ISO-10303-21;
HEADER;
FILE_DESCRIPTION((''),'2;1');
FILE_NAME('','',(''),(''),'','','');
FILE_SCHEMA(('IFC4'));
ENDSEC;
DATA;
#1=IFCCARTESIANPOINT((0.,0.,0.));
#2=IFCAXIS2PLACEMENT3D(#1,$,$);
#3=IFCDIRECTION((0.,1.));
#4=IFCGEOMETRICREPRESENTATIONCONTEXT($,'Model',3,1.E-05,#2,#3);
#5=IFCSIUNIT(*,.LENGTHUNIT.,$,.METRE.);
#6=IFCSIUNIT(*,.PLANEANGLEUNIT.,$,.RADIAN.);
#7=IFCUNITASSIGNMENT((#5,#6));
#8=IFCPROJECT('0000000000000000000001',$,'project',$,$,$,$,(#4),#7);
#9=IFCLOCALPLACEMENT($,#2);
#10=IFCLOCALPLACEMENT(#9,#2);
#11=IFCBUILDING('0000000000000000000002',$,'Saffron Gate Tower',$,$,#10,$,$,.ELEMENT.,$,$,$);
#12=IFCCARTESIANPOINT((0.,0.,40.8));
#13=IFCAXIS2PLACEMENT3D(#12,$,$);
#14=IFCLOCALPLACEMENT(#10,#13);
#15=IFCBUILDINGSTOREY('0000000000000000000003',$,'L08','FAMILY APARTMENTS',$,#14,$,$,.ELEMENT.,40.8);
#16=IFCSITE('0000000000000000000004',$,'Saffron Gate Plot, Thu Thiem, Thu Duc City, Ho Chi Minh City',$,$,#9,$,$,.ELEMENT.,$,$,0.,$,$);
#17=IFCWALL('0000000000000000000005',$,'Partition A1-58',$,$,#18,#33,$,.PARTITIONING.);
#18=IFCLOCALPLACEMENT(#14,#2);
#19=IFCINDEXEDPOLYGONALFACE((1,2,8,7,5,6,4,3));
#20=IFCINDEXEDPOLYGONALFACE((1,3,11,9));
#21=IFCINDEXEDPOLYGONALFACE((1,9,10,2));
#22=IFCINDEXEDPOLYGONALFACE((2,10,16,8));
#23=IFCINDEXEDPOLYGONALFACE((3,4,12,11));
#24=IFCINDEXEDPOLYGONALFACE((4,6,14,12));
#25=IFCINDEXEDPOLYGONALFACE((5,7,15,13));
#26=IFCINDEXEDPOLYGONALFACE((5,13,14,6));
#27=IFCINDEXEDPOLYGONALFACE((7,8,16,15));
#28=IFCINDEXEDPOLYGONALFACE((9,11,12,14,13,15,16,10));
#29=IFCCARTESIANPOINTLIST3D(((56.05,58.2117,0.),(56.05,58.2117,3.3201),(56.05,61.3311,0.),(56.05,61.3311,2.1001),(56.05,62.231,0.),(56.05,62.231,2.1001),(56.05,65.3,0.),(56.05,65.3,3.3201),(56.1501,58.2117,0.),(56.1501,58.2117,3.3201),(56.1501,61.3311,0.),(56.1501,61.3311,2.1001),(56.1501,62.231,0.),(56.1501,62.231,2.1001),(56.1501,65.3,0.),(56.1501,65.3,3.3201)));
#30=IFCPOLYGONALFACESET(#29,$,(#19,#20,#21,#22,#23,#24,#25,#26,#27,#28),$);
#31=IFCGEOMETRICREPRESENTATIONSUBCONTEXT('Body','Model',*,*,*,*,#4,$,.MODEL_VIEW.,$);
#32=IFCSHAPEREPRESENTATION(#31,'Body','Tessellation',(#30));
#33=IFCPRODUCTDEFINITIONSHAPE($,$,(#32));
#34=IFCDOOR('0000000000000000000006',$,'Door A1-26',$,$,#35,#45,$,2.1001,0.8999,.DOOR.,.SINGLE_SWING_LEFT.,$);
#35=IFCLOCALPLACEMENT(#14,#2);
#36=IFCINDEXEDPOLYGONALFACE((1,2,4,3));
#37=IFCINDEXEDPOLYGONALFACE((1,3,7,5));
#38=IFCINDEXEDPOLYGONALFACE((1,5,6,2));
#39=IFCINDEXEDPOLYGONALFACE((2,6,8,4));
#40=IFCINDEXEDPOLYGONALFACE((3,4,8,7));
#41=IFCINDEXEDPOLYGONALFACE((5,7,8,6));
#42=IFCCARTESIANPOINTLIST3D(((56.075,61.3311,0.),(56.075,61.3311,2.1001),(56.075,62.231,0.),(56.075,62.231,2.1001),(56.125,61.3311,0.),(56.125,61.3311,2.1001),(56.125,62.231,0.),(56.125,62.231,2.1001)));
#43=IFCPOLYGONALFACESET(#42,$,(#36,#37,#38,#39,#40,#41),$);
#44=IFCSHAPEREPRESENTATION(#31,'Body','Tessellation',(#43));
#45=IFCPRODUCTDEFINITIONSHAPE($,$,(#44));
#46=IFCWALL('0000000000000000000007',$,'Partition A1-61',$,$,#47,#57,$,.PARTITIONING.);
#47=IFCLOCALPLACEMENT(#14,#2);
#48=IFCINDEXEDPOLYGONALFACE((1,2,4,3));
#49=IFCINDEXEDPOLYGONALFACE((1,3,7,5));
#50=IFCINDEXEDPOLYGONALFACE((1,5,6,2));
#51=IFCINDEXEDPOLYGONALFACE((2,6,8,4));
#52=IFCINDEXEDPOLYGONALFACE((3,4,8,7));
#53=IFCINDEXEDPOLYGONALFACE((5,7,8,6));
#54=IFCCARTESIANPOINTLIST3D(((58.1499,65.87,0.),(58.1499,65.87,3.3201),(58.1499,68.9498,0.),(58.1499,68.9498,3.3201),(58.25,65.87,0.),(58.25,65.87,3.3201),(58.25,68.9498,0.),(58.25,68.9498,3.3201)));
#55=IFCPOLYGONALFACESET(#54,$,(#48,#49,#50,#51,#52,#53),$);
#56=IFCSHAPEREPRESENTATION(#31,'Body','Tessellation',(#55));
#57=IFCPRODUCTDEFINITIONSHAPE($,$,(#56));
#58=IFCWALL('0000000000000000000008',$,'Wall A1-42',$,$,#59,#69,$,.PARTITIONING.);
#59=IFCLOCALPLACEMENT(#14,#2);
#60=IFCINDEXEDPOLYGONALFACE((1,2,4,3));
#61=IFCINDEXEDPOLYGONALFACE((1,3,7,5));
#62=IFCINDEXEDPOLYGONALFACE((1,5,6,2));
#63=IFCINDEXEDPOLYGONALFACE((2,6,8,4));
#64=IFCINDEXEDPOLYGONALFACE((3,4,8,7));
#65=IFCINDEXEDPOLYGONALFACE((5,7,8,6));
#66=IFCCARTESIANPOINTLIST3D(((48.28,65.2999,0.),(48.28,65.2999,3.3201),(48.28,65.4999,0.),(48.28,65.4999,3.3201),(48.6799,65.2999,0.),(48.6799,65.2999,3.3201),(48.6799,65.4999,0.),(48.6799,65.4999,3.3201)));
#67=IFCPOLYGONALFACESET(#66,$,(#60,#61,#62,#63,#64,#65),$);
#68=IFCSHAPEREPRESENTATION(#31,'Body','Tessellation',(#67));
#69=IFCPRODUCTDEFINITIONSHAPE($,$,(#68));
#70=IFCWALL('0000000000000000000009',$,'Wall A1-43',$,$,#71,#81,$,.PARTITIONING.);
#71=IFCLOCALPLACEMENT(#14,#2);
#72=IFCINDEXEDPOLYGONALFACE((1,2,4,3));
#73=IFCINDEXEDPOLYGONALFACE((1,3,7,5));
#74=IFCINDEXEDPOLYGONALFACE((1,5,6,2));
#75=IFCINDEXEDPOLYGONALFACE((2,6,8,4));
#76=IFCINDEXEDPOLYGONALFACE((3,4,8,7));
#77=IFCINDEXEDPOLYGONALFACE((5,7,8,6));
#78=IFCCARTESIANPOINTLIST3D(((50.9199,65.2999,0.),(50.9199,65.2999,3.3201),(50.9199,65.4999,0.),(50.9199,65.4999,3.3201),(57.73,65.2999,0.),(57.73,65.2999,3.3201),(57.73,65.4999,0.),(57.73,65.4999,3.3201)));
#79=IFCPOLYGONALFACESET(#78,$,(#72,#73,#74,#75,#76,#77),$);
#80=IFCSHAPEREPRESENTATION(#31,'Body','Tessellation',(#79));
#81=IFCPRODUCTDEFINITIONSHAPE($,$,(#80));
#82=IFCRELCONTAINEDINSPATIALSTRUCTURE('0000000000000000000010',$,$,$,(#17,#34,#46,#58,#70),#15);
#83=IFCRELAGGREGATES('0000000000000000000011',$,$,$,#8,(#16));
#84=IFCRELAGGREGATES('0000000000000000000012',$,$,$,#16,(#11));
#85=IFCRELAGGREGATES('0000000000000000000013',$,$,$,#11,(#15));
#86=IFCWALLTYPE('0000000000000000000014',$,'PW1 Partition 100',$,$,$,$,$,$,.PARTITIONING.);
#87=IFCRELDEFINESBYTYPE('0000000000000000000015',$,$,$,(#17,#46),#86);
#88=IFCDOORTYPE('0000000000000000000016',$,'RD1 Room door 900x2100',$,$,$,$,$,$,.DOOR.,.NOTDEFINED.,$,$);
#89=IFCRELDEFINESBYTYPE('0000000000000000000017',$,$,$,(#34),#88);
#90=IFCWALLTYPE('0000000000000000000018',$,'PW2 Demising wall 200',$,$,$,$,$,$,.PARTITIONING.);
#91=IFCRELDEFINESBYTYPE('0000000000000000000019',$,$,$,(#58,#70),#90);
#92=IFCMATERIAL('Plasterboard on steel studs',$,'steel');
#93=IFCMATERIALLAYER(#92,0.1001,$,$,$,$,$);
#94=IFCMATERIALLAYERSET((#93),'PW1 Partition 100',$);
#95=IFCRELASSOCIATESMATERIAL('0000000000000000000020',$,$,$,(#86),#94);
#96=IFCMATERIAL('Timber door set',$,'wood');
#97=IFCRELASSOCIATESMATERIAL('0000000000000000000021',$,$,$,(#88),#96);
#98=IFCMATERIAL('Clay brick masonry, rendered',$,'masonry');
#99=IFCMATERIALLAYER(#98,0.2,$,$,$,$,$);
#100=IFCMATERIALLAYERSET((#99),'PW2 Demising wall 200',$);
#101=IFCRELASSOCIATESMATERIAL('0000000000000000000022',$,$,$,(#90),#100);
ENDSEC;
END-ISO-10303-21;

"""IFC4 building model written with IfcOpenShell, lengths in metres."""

from ifc_helpers import new_model, si_unit, direction, frame, frame_2d, origin, place, context, subcontext, project, spatial, rectangle, extrude, material, layer, layer_set, type_object, element, fill, save


model = new_model("IFC4")

# Units and contexts
model_context = context("Model", 3, precision=1e-05, world=origin(), true_north=direction((0.0, 1.0)))
body_context = subcontext(model_context, "Body", "Model", "MODEL_VIEW")
ifc_project = project(units=[si_unit("LENGTHUNIT", "METRE"), si_unit("PLANEANGLEUNIT", "RADIAN")], contexts=[model_context])

# Site, building, storey
site_placement = place(None, origin())
site = spatial("IfcSite", under=ifc_project, at=site_placement, Name="Saffron Gate Plot, Thu Thiem, Thu Duc City, Ho Chi Minh City", CompositionType="ELEMENT", RefElevation=0.0)
building_placement = place(site_placement, origin())
building = spatial("IfcBuilding", under=site, at=building_placement, Name="Saffron Gate Tower", CompositionType="ELEMENT")
storey_placement = place(building_placement, frame((0.0, 0.0, 40.8)))
storey = spatial("IfcBuildingStorey", under=building, at=storey_placement, Name="L08", Description="FAMILY APARTMENTS", CompositionType="ELEMENT", Elevation=40.8)

# Shared definitions
ifc_material_1 = material(Name="Plasterboard on steel studs", Category="steel")
ifc_layer_1 = layer(ifc_material_1, 0.1001)
ifc_layer_set_1 = layer_set([ifc_layer_1], Name="PW1 Partition 100")
wall_type_1 = type_object("IfcWallType", Name="PW1 Partition 100", PredefinedType="PARTITIONING", material=ifc_layer_set_1)

# Wall, opening, door
ifc_material_2 = material(Name="Timber door set", Category="wood")
door_type = type_object("IfcDoorType", Name="RD1 Room door 900x2100", OperationType="NOTDEFINED", PredefinedType="DOOR", material=ifc_material_2)
wall_1_placement = place(storey_placement, frame((56.1001, 65.3, 0.0), z_axis=(0.0, 0.0, 1.0), x_axis=(0.0, -1.0, 0.0)))
wall_1 = element("IfcWall", 1, at=wall_1_placement, inside=storey, type_object=wall_type_1, Name="Partition A1-58", PredefinedType="PARTITIONING", context=body_context, shape_type="SweptSolid", body=[
    extrude(rectangle(XDim=7.0884, YDim=0.1001, at=frame_2d((3.5442, 0.0))), origin(), (0.0, 0.0, 1.0), 3.3201),
])
opening_1_placement = place(wall_1_placement, frame((3.0691, 0.0, 0.0)))
opening_1 = element("IfcOpeningElement", 2, at=opening_1_placement, cuts=wall_1, PredefinedType="OPENING", context=body_context, shape_type="SweptSolid", body=[
    extrude(rectangle(XDim=0.8999, YDim=2.1001, at=frame_2d((0.45, 1.05))), frame((0.0, 0.0601, 0.0), z_axis=(0.0, -1.0, 0.0), x_axis=(1.0, 0.0, 0.0)), (0.0, 0.0, 1.0), 0.1201),
])
door_1_placement = place(opening_1_placement, origin())
door_1 = element("IfcDoor", 3, at=door_1_placement, inside=storey, type_object=door_type, Name="Door A1-26", OperationType="SINGLE_SWING_LEFT", OverallHeight=2.1001, OverallWidth=0.8999, PredefinedType="DOOR", context=body_context, shape_type="SweptSolid", body=[
    extrude(rectangle(XDim=0.8999, YDim=2.1001, at=frame_2d((0.45, 1.05))), frame((0.0, 0.0249, 0.0), z_axis=(0.0, -1.0, 0.0), x_axis=(1.0, 0.0, 0.0)), (0.0, 0.0, 1.0), 0.05),
])
fill(opening_1, door_1)

# Walls
wall_2_placement = place(storey_placement, frame((58.2, 68.95, 0.0), z_axis=(0.0, 0.0, 1.0), x_axis=(0.0, -1.0, 0.0)))
element("IfcWall", 4, at=wall_2_placement, inside=storey, type_object=wall_type_1, Name="Partition A1-61", PredefinedType="PARTITIONING", context=body_context, shape_type="SweptSolid", body=[
    extrude(rectangle(XDim=3.0798, YDim=0.1001, at=frame_2d((1.54, 0.0))), origin(), (0.0, 0.0, 1.0), 3.3201),
])
ifc_material_3 = material(Name="Clay brick masonry, rendered", Category="masonry")
ifc_layer_2 = layer(ifc_material_3, 0.2)
ifc_layer_set_2 = layer_set([ifc_layer_2], Name="PW2 Demising wall 200")
wall_type_2 = type_object("IfcWallType", Name="PW2 Demising wall 200", PredefinedType="PARTITIONING", material=ifc_layer_set_2)
wall_3_placement = place(storey_placement, frame((48.28, 65.3999, 0.0), z_axis=(0.0, 0.0, 1.0), x_axis=(1.0, 0.0, 0.0)))
element("IfcWall", 5, at=wall_3_placement, inside=storey, type_object=wall_type_2, Name="Wall A1-42", PredefinedType="PARTITIONING", context=body_context, shape_type="SweptSolid", body=[
    extrude(rectangle(XDim=0.3999, YDim=0.2, at=frame_2d((0.2, 0.0))), origin(), (0.0, 0.0, 1.0), 3.3201),
])
wall_4_placement = place(storey_placement, frame((50.9199, 65.3999, 0.0), z_axis=(0.0, 0.0, 1.0), x_axis=(1.0, 0.0, 0.0)))
element("IfcWall", 6, at=wall_4_placement, inside=storey, type_object=wall_type_2, Name="Wall A1-43", PredefinedType="PARTITIONING", context=body_context, shape_type="SweptSolid", body=[
    extrude(rectangle(XDim=6.8101, YDim=0.2, at=frame_2d((3.405, 0.0))), origin(), (0.0, 0.0, 1.0), 3.3201),
])

save(model, "model.ifc")
